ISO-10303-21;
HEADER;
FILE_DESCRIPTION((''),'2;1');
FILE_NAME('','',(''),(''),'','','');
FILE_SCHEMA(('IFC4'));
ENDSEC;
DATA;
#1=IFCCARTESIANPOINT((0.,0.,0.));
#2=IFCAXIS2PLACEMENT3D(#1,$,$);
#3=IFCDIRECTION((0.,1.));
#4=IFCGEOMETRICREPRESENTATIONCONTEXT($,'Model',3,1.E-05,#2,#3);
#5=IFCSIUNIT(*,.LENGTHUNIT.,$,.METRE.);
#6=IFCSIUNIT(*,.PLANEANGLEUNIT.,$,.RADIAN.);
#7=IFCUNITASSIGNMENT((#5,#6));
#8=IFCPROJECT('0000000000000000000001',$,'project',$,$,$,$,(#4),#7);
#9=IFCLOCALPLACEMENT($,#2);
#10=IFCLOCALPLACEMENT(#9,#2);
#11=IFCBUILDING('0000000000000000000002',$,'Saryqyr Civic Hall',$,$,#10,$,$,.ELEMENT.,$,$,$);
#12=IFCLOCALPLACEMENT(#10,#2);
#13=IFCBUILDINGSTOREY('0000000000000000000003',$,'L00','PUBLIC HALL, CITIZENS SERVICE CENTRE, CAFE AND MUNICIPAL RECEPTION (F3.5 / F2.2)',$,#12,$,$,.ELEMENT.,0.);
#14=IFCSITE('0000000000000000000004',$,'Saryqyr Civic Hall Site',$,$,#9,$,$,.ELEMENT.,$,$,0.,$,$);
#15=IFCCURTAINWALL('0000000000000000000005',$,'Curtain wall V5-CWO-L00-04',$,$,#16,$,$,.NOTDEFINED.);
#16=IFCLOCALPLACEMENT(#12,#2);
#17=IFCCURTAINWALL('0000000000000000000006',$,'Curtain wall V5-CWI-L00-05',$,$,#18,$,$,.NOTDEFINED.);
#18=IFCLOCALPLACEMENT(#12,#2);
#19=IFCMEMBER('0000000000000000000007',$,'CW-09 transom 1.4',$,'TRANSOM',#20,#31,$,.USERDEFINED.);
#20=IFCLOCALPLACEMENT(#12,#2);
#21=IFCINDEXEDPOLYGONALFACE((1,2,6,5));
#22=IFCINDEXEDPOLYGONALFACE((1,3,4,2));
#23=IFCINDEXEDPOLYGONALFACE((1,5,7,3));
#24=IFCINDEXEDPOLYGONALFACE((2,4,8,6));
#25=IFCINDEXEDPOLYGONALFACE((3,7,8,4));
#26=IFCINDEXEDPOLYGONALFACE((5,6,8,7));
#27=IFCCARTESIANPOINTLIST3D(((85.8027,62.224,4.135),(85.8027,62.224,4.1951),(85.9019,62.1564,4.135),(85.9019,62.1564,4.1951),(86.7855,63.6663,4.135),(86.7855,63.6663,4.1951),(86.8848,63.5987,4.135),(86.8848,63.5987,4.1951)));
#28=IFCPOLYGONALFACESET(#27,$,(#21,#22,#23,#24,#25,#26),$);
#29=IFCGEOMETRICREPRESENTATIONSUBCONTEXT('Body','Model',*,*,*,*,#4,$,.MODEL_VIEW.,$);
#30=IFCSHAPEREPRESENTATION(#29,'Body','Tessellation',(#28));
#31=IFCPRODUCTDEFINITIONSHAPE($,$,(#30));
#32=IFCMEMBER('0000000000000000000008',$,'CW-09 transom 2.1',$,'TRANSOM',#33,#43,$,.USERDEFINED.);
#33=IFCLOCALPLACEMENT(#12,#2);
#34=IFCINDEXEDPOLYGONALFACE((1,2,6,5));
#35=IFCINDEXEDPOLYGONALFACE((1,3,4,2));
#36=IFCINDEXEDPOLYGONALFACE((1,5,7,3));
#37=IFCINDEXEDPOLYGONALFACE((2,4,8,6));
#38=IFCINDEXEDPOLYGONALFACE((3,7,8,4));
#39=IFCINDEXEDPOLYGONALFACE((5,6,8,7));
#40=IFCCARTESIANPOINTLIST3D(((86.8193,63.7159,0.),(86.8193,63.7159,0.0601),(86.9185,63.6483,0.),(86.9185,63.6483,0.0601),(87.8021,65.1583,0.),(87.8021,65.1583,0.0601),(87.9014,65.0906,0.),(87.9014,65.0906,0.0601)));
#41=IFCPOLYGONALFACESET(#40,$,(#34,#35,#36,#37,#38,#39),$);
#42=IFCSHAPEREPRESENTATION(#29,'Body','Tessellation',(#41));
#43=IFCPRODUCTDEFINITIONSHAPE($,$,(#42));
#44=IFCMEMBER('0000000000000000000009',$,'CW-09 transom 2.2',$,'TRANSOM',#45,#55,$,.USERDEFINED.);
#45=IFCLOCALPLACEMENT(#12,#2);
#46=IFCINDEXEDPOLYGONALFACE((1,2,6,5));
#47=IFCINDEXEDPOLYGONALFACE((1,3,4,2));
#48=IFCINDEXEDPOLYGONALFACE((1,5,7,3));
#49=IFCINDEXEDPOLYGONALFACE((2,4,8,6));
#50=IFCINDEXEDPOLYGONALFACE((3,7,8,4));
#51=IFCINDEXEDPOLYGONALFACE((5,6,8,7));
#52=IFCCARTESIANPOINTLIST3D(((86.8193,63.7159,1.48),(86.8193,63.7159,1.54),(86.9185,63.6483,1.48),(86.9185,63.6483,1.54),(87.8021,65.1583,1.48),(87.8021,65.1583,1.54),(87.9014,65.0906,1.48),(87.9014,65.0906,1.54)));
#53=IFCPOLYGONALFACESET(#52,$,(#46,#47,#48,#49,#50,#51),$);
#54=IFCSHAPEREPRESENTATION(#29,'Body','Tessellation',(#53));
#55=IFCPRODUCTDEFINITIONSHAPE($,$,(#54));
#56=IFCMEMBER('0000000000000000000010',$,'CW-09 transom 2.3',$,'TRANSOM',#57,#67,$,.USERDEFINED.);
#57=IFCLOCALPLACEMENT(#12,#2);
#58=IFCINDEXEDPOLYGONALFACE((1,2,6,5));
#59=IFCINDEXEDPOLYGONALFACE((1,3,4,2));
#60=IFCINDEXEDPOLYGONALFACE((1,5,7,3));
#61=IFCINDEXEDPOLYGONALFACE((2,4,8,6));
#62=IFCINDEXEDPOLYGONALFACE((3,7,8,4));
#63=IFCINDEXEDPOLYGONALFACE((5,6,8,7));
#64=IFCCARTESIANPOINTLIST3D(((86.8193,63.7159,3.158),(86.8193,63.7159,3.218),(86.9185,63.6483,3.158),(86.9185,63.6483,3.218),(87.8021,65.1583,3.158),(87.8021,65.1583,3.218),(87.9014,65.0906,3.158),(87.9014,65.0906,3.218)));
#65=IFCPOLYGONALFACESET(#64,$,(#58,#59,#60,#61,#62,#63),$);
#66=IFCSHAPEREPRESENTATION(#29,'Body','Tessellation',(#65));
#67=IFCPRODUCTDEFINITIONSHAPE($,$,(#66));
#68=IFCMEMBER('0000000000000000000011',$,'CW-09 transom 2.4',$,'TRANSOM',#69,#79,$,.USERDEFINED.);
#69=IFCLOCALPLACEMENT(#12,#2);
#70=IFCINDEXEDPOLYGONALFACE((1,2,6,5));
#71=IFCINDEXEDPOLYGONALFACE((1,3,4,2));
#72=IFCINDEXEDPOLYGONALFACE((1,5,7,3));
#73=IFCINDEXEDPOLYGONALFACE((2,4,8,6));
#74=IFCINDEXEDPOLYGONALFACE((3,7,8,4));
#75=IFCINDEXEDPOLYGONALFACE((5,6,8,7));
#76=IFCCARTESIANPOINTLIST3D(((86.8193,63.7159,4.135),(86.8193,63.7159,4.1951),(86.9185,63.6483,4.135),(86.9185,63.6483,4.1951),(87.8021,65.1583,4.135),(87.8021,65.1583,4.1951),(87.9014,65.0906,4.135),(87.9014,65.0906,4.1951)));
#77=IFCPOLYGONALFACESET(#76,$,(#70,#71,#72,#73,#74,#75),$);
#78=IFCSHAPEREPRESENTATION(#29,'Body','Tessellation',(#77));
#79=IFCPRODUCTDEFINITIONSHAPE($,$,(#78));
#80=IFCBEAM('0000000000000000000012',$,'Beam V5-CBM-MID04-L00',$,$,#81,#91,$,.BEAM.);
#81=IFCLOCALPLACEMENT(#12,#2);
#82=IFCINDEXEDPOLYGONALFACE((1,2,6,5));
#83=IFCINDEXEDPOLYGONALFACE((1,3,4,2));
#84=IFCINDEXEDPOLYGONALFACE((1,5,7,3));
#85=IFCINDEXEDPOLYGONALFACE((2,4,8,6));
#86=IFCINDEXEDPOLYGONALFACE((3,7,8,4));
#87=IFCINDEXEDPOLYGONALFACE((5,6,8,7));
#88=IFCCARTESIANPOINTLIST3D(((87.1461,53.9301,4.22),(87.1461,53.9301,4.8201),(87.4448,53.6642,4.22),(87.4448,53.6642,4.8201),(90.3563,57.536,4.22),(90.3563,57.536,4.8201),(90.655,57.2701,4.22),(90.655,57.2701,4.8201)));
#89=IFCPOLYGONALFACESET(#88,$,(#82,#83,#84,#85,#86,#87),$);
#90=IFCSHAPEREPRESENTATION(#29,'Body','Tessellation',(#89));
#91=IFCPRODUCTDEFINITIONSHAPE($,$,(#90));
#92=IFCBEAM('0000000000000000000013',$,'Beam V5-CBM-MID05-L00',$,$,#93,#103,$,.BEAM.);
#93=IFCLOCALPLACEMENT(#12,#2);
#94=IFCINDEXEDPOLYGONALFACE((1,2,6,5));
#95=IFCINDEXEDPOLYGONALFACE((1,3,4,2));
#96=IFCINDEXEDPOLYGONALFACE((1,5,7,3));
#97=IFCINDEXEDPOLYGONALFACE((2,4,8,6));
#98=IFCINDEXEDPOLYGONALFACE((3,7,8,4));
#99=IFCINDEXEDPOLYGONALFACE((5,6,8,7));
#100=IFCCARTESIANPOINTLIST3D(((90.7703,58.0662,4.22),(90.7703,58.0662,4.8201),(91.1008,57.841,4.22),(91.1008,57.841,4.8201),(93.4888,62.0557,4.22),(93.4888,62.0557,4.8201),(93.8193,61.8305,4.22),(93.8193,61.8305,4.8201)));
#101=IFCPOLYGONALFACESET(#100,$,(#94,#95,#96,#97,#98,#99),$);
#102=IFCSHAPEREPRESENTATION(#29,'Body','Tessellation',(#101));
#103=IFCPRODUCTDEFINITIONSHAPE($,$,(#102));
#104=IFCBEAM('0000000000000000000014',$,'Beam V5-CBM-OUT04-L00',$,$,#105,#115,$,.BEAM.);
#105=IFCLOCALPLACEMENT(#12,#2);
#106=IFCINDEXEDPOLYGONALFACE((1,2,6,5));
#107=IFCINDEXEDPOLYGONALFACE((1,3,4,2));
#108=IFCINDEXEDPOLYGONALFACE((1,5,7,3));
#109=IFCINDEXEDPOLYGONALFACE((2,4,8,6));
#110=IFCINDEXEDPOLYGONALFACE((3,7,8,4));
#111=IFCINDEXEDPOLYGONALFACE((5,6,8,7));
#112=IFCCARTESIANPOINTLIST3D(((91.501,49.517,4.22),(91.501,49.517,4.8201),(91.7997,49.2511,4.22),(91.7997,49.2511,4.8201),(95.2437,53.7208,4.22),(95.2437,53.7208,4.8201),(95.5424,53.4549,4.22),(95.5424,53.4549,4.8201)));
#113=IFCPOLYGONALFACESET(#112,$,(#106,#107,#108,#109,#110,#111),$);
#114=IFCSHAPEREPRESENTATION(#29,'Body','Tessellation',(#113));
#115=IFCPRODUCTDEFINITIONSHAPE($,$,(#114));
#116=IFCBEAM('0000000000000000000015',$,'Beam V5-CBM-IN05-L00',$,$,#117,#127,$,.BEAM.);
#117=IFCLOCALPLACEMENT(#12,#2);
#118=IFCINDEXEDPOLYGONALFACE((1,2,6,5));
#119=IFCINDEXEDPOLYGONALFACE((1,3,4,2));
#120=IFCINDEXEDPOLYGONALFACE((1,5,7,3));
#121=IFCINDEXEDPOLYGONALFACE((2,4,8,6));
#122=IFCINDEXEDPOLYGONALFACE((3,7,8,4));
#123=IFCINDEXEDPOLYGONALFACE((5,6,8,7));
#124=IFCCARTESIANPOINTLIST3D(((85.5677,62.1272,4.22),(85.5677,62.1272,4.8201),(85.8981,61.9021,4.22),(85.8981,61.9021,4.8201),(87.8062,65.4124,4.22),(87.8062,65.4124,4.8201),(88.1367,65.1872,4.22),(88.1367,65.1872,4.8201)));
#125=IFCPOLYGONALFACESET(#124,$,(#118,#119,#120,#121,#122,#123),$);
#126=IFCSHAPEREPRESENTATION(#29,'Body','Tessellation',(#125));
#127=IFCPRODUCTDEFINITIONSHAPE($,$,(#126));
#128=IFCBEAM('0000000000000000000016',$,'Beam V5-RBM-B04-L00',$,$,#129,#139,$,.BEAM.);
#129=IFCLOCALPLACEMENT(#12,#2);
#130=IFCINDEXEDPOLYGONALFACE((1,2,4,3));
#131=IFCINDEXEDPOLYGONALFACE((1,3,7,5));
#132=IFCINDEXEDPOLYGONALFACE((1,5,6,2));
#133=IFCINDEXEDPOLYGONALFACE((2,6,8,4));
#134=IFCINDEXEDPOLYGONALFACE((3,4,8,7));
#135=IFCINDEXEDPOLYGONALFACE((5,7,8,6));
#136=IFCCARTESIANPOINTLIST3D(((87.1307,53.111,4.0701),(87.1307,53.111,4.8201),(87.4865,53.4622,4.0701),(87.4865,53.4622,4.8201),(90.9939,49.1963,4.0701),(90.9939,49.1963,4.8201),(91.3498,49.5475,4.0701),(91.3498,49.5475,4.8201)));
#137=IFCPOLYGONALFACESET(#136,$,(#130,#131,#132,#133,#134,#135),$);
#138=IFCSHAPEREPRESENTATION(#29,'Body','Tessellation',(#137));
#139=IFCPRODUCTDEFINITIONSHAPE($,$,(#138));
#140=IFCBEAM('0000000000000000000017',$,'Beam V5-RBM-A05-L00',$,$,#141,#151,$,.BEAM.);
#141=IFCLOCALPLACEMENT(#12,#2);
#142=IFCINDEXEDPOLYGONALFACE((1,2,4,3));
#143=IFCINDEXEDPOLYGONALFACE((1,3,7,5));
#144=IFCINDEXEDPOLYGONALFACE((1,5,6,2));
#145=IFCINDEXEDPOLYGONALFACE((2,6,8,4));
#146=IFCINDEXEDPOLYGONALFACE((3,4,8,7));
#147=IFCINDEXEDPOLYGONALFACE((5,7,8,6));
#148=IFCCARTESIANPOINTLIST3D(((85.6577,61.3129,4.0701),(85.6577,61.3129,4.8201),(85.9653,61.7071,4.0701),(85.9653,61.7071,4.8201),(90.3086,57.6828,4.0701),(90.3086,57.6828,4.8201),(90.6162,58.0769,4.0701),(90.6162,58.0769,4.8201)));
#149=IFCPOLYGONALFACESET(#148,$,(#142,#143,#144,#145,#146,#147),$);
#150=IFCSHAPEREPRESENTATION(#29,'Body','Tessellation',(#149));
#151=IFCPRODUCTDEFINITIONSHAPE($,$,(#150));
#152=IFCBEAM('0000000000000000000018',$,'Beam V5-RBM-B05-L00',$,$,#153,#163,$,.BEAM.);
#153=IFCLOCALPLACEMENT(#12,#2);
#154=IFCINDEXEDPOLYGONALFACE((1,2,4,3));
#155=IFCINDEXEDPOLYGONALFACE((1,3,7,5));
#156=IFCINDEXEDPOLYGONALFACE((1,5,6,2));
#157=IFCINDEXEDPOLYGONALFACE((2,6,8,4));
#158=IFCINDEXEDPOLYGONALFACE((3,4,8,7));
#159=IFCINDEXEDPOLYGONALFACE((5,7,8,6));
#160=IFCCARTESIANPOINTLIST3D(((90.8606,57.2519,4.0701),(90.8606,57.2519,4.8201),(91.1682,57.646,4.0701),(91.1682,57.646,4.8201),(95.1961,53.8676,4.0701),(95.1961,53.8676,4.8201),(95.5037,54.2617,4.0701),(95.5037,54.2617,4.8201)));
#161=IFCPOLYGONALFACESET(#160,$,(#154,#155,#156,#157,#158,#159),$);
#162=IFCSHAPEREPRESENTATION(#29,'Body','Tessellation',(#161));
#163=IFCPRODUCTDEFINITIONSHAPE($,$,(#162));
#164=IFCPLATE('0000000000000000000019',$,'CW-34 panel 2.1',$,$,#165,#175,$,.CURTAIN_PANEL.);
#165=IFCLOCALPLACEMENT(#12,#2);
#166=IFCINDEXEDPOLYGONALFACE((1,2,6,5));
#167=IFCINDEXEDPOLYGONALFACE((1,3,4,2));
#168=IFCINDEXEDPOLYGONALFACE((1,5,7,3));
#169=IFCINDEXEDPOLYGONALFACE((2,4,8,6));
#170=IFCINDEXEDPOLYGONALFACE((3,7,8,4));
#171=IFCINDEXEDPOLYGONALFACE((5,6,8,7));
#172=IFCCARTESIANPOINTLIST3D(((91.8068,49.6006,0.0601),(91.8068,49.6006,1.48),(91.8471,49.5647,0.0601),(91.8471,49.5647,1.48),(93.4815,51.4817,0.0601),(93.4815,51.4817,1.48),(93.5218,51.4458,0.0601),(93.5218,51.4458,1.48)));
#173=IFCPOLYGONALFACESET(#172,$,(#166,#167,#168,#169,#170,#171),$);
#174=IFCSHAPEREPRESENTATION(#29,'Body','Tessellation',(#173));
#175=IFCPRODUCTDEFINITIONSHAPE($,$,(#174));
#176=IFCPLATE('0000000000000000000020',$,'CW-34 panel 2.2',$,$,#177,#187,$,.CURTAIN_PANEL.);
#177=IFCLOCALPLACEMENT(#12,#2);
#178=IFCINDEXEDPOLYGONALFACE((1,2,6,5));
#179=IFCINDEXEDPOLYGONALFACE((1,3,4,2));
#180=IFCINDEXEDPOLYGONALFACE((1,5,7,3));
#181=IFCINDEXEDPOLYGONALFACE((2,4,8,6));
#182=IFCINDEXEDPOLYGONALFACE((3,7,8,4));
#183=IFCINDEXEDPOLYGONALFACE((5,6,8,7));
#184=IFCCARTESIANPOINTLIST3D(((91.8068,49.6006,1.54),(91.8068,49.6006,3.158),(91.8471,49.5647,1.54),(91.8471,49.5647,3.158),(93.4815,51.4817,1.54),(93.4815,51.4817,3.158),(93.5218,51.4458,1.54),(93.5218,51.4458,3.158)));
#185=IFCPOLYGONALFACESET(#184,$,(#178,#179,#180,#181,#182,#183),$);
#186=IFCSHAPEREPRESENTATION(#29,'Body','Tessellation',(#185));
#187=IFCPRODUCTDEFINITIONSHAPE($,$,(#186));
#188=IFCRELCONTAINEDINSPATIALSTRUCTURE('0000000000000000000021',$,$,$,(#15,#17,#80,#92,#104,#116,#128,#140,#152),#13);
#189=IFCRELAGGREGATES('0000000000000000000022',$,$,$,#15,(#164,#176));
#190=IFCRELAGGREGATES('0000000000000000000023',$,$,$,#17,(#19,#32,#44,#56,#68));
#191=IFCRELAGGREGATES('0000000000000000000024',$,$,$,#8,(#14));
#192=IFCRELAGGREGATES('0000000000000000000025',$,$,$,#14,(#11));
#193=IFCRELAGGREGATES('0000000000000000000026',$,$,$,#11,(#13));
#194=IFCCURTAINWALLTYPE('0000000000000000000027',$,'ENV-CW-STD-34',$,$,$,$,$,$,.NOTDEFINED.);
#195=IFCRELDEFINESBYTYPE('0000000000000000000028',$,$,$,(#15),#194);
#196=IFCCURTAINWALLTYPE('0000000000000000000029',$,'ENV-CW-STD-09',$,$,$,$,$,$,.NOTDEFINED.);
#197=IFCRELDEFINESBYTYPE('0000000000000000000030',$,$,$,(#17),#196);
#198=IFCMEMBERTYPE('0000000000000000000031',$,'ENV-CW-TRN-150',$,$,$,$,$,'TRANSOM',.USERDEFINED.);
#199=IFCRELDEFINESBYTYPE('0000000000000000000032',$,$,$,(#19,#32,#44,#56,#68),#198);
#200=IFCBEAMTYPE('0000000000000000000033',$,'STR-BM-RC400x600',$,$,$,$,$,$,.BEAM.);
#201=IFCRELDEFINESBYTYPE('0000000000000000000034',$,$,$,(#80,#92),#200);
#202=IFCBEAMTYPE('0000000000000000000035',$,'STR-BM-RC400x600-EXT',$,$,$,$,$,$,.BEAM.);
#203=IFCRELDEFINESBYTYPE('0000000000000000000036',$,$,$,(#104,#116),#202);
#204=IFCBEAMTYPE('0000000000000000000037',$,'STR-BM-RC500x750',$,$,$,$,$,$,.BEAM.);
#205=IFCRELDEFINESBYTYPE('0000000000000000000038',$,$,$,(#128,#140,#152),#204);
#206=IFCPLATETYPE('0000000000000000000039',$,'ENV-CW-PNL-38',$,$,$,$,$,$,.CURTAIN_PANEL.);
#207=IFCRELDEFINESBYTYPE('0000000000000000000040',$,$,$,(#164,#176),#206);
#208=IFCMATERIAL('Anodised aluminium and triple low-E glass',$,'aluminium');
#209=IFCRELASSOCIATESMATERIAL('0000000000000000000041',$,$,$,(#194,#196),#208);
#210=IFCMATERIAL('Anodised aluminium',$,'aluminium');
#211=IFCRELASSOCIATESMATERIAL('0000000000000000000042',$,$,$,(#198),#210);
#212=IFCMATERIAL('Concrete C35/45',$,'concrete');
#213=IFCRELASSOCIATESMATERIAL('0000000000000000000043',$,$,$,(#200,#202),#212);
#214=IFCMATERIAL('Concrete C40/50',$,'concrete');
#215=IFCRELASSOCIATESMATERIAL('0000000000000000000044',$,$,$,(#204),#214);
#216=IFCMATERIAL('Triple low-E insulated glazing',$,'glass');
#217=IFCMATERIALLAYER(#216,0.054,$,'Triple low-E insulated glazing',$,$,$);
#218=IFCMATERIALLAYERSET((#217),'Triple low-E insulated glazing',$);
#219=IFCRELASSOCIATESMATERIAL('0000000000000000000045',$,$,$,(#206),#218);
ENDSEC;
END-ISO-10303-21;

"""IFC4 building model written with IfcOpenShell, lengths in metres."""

from ifc_helpers import new_model, si_unit, direction, frame, origin, origin_2d, place, context, subcontext, project, spatial, rectangle, extrude, material, layer, layer_set, material_profile, profile_set, type_object, element, aggregate, save


model = new_model("IFC4")

# Units and contexts
model_context = context("Model", 3, precision=1e-05, world=origin(), true_north=direction((0.0, 1.0)))
body_context = subcontext(model_context, "Body", "Model", "MODEL_VIEW")
ifc_project = project(units=[si_unit("LENGTHUNIT", "METRE"), si_unit("PLANEANGLEUNIT", "RADIAN")], contexts=[model_context])

# Site, building, storey
site_placement = place(None, origin())
site = spatial("IfcSite", under=ifc_project, at=site_placement, Name="Saryqyr Civic Hall Site", CompositionType="ELEMENT", RefElevation=0.0)
building_placement = place(site_placement, origin())
building = spatial("IfcBuilding", under=site, at=building_placement, Name="Saryqyr Civic Hall", CompositionType="ELEMENT")
storey_placement = place(building_placement, origin())
storey = spatial("IfcBuildingStorey", under=building, at=storey_placement, Name="L00", Description="PUBLIC HALL, CITIZENS SERVICE CENTRE, CAFE AND MUNICIPAL RECEPTION (F3.5 / F2.2)", CompositionType="ELEMENT", Elevation=0.0)

# Shared definitions
ifc_material_1 = material(Name="Concrete C40/50", Category="concrete")

# Curtain walls
ifc_material_2 = material(Name="Anodised aluminium and triple low-E glass", Category="aluminium")
curtain_wall_type_1 = type_object("IfcCurtainWallType", Name="ENV-CW-STD-34", PredefinedType="NOTDEFINED", material=ifc_material_2)
curtain_wall_1_placement = place(storey_placement, origin())
curtain_wall_1 = element("IfcCurtainWall", 1, at=curtain_wall_1_placement, inside=storey, type_object=curtain_wall_type_1, Name="Curtain wall V5-CWO-L00-04", PredefinedType="NOTDEFINED")
ifc_material_3 = material(Name="Anodised aluminium", Category="aluminium")
curtain_wall_type_2 = type_object("IfcCurtainWallType", Name="ENV-CW-STD-09", PredefinedType="NOTDEFINED", material=ifc_material_2)
curtain_wall_2_placement = place(storey_placement, origin())
curtain_wall_2 = element("IfcCurtainWall", 2, at=curtain_wall_2_placement, inside=storey, type_object=curtain_wall_type_2, Name="Curtain wall V5-CWI-L00-05", PredefinedType="NOTDEFINED")

# Members
ifc_material_profile_1 = material_profile(ifc_material_3, rectangle(XDim=0.1201, YDim=0.0601, at=origin_2d()), Name="ALU TRANSOM 120x60")
ifc_profile_set_1 = profile_set([ifc_material_profile_1], Name="Anodised aluminium")
member_type_1 = type_object("IfcMemberType", Name="ENV-CW-TRN-150", ElementType="TRANSOM", PredefinedType="USERDEFINED", material=ifc_profile_set_1)
member_1_placement = place(storey_placement, frame((85.8523, 62.1902, 4.165), z_axis=(0.563128, 0.826369, 0.0), x_axis=(-0.826369, 0.563128, 0.0)))
member_1 = element("IfcMember", 3, at=member_1_placement, type_object=member_type_1, Name="CW-09 transom 1.4", ObjectType="TRANSOM", PredefinedType="USERDEFINED", context=body_context, shape_type="SweptSolid", body=[
    extrude(rectangle(XDim=0.1201, YDim=0.0601, at=origin_2d()), origin(), (0.0, 0.0, 1.0), 1.7454),
])
member_2_placement = place(storey_placement, frame((86.8689, 63.6821, 0.03), z_axis=(0.563128, 0.826369, 0.0), x_axis=(-0.826369, 0.563128, 0.0)))
member_2 = element("IfcMember", 4, at=member_2_placement, type_object=member_type_1, Name="CW-09 transom 2.1", ObjectType="TRANSOM", PredefinedType="USERDEFINED", context=body_context, shape_type="SweptSolid", body=[
    extrude(rectangle(XDim=0.1201, YDim=0.0601, at=origin_2d()), origin(), (0.0, 0.0, 1.0), 1.7454),
])
member_3_placement = place(storey_placement, frame((86.8689, 63.6821, 1.51), z_axis=(0.563128, 0.826369, 0.0), x_axis=(-0.826369, 0.563128, 0.0)))
member_3 = element("IfcMember", 5, at=member_3_placement, type_object=member_type_1, Name="CW-09 transom 2.2", ObjectType="TRANSOM", PredefinedType="USERDEFINED", context=body_context, shape_type="SweptSolid", body=[
    extrude(rectangle(XDim=0.1201, YDim=0.0601, at=origin_2d()), origin(), (0.0, 0.0, 1.0), 1.7454),
])
member_4_placement = place(storey_placement, frame((86.8689, 63.6821, 3.188), z_axis=(0.563128, 0.826369, 0.0), x_axis=(-0.826369, 0.563128, 0.0)))
member_4 = element("IfcMember", 6, at=member_4_placement, type_object=member_type_1, Name="CW-09 transom 2.3", ObjectType="TRANSOM", PredefinedType="USERDEFINED", context=body_context, shape_type="SweptSolid", body=[
    extrude(rectangle(XDim=0.1201, YDim=0.0601, at=origin_2d()), origin(), (0.0, 0.0, 1.0), 1.7454),
])
member_5_placement = place(storey_placement, frame((86.8689, 63.6821, 4.165), z_axis=(0.563128, 0.826369, 0.0), x_axis=(-0.826369, 0.563128, 0.0)))
member_5 = element("IfcMember", 7, at=member_5_placement, type_object=member_type_1, Name="CW-09 transom 2.4", ObjectType="TRANSOM", PredefinedType="USERDEFINED", context=body_context, shape_type="SweptSolid", body=[
    extrude(rectangle(XDim=0.1201, YDim=0.0601, at=origin_2d()), origin(), (0.0, 0.0, 1.0), 1.7454),
])

# Beams
ifc_material_4 = material(Name="Concrete C35/45", Category="concrete")
ifc_material_profile_2 = material_profile(ifc_material_4, rectangle(XDim=0.3999, YDim=0.6001, at=origin_2d()), Name="RC 400x600")
ifc_profile_set_2 = profile_set([ifc_material_profile_2], Name="Concrete C35/45")
beam_type_1 = type_object("IfcBeamType", Name="STR-BM-RC400x600", PredefinedType="BEAM", material=ifc_profile_set_2)
beam_1_placement = place(storey_placement, frame((87.2954, 53.7971, 4.52), z_axis=(0.664932, 0.746904, 0.0), x_axis=(-0.746904, 0.664932, 0.0)))
element("IfcBeam", 8, at=beam_1_placement, inside=storey, type_object=beam_type_1, Name="Beam V5-CBM-MID04-L00", PredefinedType="BEAM", context=body_context, shape_type="SweptSolid", body=[
    extrude(rectangle(XDim=0.3999, YDim=0.6001, at=origin_2d()), origin(), (0.0, 0.0, 1.0), 4.8279),
])
beam_2_placement = place(storey_placement, frame((90.9355, 57.9536, 4.52), z_axis=(0.563109, 0.826382, 0.0), x_axis=(-0.826382, 0.563109, 0.0)))
element("IfcBeam", 9, at=beam_2_placement, inside=storey, type_object=beam_type_1, Name="Beam V5-CBM-MID05-L00", PredefinedType="BEAM", context=body_context, shape_type="SweptSolid", body=[
    extrude(rectangle(XDim=0.3999, YDim=0.6001, at=origin_2d()), origin(), (0.0, 0.0, 1.0), 4.8276),
])
ifc_material_profile_3 = material_profile(ifc_material_4, rectangle(XDim=0.3999, YDim=0.6001, at=origin_2d()), Name="RC 400x600")
ifc_profile_set_3 = profile_set([ifc_material_profile_3], Name="Concrete C35/45")
beam_type_2 = type_object("IfcBeamType", Name="STR-BM-RC400x600-EXT", PredefinedType="BEAM", material=ifc_profile_set_3)
beam_3_placement = place(storey_placement, frame((91.6504, 49.384, 4.52), z_axis=(0.664951, 0.746887, 0.0), x_axis=(-0.746887, 0.664951, 0.0)))
element("IfcBeam", 10, at=beam_3_placement, inside=storey, type_object=beam_type_2, Name="Beam V5-CBM-OUT04-L00", PredefinedType="BEAM", context=body_context, shape_type="SweptSolid", body=[
    extrude(rectangle(XDim=0.3999, YDim=0.6001, at=origin_2d()), origin(), (0.0, 0.0, 1.0), 5.6284),
])
beam_4_placement = place(storey_placement, frame((85.7329, 62.0146, 4.52), z_axis=(0.563104, 0.826386, 0.0), x_axis=(-0.826386, 0.563104, 0.0)))
element("IfcBeam", 11, at=beam_4_placement, inside=storey, type_object=beam_type_2, Name="Beam V5-CBM-IN05-L00", PredefinedType="BEAM", context=body_context, shape_type="SweptSolid", body=[
    extrude(rectangle(XDim=0.3999, YDim=0.6001, at=origin_2d()), origin(), (0.0, 0.0, 1.0), 3.9753),
])
ifc_material_profile_4 = material_profile(ifc_material_1, rectangle(XDim=0.5, YDim=0.75, at=origin_2d()), Name="RC 500x750")
ifc_profile_set_4 = profile_set([ifc_material_profile_4], Name="Concrete C40/50")
beam_type_3 = type_object("IfcBeamType", Name="STR-BM-RC500x750", PredefinedType="BEAM", material=ifc_profile_set_4)
beam_5_placement = place(storey_placement, frame((87.3086, 53.2866, 4.4451), z_axis=(0.702408, -0.711774, 0.0), x_axis=(0.711774, 0.702408, 0.0)))
element("IfcBeam", 12, at=beam_5_placement, inside=storey, type_object=beam_type_3, Name="Beam V5-RBM-B04-L00", PredefinedType="BEAM", context=body_context, shape_type="SweptSolid", body=[
    extrude(rectangle(XDim=0.5, YDim=0.75, at=origin_2d()), origin(), (0.0, 0.0, 1.0), 5.5),
])
beam_6_placement = place(storey_placement, frame((85.8115, 61.51, 4.4451), z_axis=(0.788302, -0.615289, 0.0), x_axis=(0.615289, 0.788302, 0.0)))
element("IfcBeam", 13, at=beam_6_placement, inside=storey, type_object=beam_type_3, Name="Beam V5-RBM-A05-L00", PredefinedType="BEAM", context=body_context, shape_type="SweptSolid", body=[
    extrude(rectangle(XDim=0.5, YDim=0.75, at=origin_2d()), origin(), (0.0, 0.0, 1.0), 5.8999),
])
beam_7_placement = place(storey_placement, frame((91.0144, 57.449, 4.4451), z_axis=(0.788271, -0.615329, 0.0), x_axis=(0.615329, 0.788271, 0.0)))
element("IfcBeam", 14, at=beam_7_placement, inside=storey, type_object=beam_type_3, Name="Beam V5-RBM-B05-L00", PredefinedType="BEAM", context=body_context, shape_type="SweptSolid", body=[
    extrude(rectangle(XDim=0.5, YDim=0.75, at=origin_2d()), origin(), (0.0, 0.0, 1.0), 5.5),
])

# Plates
ifc_material_5 = material(Name="Triple low-E insulated glazing", Category="glass")
ifc_layer_1 = layer(ifc_material_5, 0.054, Name="Triple low-E insulated glazing")
ifc_layer_set_1 = layer_set([ifc_layer_1], Name="Triple low-E insulated glazing")
plate_type = type_object("IfcPlateType", Name="ENV-CW-PNL-38", PredefinedType="CURTAIN_PANEL", material=ifc_layer_set_1)
plate_1_placement = place(storey_placement, frame((92.6643, 50.5232, 0.0601), z_axis=(0.0, 0.0, 1.0), x_axis=(-0.664928, -0.746908, 0.0)))
plate_1 = element("IfcPlate", 15, at=plate_1_placement, type_object=plate_type, Name="CW-34 panel 2.1", PredefinedType="CURTAIN_PANEL", context=body_context, shape_type="SweptSolid", body=[
    extrude(rectangle(XDim=2.5186, YDim=0.054, at=origin_2d()), origin(), (0.0, 0.0, 1.0), 1.4199),
])
plate_2_placement = place(storey_placement, frame((92.6643, 50.5232, 1.54), z_axis=(0.0, 0.0, 1.0), x_axis=(-0.664928, -0.746908, 0.0)))
plate_2 = element("IfcPlate", 16, at=plate_2_placement, type_object=plate_type, Name="CW-34 panel 2.2", PredefinedType="CURTAIN_PANEL", context=body_context, shape_type="SweptSolid", body=[
    extrude(rectangle(XDim=2.5186, YDim=0.054, at=origin_2d()), origin(), (0.0, 0.0, 1.0), 1.6179),
])
aggregate(curtain_wall_1, [plate_1, plate_2])
aggregate(curtain_wall_2, [member_1, member_2, member_3, member_4, member_5])

save(model, "model.ifc")
